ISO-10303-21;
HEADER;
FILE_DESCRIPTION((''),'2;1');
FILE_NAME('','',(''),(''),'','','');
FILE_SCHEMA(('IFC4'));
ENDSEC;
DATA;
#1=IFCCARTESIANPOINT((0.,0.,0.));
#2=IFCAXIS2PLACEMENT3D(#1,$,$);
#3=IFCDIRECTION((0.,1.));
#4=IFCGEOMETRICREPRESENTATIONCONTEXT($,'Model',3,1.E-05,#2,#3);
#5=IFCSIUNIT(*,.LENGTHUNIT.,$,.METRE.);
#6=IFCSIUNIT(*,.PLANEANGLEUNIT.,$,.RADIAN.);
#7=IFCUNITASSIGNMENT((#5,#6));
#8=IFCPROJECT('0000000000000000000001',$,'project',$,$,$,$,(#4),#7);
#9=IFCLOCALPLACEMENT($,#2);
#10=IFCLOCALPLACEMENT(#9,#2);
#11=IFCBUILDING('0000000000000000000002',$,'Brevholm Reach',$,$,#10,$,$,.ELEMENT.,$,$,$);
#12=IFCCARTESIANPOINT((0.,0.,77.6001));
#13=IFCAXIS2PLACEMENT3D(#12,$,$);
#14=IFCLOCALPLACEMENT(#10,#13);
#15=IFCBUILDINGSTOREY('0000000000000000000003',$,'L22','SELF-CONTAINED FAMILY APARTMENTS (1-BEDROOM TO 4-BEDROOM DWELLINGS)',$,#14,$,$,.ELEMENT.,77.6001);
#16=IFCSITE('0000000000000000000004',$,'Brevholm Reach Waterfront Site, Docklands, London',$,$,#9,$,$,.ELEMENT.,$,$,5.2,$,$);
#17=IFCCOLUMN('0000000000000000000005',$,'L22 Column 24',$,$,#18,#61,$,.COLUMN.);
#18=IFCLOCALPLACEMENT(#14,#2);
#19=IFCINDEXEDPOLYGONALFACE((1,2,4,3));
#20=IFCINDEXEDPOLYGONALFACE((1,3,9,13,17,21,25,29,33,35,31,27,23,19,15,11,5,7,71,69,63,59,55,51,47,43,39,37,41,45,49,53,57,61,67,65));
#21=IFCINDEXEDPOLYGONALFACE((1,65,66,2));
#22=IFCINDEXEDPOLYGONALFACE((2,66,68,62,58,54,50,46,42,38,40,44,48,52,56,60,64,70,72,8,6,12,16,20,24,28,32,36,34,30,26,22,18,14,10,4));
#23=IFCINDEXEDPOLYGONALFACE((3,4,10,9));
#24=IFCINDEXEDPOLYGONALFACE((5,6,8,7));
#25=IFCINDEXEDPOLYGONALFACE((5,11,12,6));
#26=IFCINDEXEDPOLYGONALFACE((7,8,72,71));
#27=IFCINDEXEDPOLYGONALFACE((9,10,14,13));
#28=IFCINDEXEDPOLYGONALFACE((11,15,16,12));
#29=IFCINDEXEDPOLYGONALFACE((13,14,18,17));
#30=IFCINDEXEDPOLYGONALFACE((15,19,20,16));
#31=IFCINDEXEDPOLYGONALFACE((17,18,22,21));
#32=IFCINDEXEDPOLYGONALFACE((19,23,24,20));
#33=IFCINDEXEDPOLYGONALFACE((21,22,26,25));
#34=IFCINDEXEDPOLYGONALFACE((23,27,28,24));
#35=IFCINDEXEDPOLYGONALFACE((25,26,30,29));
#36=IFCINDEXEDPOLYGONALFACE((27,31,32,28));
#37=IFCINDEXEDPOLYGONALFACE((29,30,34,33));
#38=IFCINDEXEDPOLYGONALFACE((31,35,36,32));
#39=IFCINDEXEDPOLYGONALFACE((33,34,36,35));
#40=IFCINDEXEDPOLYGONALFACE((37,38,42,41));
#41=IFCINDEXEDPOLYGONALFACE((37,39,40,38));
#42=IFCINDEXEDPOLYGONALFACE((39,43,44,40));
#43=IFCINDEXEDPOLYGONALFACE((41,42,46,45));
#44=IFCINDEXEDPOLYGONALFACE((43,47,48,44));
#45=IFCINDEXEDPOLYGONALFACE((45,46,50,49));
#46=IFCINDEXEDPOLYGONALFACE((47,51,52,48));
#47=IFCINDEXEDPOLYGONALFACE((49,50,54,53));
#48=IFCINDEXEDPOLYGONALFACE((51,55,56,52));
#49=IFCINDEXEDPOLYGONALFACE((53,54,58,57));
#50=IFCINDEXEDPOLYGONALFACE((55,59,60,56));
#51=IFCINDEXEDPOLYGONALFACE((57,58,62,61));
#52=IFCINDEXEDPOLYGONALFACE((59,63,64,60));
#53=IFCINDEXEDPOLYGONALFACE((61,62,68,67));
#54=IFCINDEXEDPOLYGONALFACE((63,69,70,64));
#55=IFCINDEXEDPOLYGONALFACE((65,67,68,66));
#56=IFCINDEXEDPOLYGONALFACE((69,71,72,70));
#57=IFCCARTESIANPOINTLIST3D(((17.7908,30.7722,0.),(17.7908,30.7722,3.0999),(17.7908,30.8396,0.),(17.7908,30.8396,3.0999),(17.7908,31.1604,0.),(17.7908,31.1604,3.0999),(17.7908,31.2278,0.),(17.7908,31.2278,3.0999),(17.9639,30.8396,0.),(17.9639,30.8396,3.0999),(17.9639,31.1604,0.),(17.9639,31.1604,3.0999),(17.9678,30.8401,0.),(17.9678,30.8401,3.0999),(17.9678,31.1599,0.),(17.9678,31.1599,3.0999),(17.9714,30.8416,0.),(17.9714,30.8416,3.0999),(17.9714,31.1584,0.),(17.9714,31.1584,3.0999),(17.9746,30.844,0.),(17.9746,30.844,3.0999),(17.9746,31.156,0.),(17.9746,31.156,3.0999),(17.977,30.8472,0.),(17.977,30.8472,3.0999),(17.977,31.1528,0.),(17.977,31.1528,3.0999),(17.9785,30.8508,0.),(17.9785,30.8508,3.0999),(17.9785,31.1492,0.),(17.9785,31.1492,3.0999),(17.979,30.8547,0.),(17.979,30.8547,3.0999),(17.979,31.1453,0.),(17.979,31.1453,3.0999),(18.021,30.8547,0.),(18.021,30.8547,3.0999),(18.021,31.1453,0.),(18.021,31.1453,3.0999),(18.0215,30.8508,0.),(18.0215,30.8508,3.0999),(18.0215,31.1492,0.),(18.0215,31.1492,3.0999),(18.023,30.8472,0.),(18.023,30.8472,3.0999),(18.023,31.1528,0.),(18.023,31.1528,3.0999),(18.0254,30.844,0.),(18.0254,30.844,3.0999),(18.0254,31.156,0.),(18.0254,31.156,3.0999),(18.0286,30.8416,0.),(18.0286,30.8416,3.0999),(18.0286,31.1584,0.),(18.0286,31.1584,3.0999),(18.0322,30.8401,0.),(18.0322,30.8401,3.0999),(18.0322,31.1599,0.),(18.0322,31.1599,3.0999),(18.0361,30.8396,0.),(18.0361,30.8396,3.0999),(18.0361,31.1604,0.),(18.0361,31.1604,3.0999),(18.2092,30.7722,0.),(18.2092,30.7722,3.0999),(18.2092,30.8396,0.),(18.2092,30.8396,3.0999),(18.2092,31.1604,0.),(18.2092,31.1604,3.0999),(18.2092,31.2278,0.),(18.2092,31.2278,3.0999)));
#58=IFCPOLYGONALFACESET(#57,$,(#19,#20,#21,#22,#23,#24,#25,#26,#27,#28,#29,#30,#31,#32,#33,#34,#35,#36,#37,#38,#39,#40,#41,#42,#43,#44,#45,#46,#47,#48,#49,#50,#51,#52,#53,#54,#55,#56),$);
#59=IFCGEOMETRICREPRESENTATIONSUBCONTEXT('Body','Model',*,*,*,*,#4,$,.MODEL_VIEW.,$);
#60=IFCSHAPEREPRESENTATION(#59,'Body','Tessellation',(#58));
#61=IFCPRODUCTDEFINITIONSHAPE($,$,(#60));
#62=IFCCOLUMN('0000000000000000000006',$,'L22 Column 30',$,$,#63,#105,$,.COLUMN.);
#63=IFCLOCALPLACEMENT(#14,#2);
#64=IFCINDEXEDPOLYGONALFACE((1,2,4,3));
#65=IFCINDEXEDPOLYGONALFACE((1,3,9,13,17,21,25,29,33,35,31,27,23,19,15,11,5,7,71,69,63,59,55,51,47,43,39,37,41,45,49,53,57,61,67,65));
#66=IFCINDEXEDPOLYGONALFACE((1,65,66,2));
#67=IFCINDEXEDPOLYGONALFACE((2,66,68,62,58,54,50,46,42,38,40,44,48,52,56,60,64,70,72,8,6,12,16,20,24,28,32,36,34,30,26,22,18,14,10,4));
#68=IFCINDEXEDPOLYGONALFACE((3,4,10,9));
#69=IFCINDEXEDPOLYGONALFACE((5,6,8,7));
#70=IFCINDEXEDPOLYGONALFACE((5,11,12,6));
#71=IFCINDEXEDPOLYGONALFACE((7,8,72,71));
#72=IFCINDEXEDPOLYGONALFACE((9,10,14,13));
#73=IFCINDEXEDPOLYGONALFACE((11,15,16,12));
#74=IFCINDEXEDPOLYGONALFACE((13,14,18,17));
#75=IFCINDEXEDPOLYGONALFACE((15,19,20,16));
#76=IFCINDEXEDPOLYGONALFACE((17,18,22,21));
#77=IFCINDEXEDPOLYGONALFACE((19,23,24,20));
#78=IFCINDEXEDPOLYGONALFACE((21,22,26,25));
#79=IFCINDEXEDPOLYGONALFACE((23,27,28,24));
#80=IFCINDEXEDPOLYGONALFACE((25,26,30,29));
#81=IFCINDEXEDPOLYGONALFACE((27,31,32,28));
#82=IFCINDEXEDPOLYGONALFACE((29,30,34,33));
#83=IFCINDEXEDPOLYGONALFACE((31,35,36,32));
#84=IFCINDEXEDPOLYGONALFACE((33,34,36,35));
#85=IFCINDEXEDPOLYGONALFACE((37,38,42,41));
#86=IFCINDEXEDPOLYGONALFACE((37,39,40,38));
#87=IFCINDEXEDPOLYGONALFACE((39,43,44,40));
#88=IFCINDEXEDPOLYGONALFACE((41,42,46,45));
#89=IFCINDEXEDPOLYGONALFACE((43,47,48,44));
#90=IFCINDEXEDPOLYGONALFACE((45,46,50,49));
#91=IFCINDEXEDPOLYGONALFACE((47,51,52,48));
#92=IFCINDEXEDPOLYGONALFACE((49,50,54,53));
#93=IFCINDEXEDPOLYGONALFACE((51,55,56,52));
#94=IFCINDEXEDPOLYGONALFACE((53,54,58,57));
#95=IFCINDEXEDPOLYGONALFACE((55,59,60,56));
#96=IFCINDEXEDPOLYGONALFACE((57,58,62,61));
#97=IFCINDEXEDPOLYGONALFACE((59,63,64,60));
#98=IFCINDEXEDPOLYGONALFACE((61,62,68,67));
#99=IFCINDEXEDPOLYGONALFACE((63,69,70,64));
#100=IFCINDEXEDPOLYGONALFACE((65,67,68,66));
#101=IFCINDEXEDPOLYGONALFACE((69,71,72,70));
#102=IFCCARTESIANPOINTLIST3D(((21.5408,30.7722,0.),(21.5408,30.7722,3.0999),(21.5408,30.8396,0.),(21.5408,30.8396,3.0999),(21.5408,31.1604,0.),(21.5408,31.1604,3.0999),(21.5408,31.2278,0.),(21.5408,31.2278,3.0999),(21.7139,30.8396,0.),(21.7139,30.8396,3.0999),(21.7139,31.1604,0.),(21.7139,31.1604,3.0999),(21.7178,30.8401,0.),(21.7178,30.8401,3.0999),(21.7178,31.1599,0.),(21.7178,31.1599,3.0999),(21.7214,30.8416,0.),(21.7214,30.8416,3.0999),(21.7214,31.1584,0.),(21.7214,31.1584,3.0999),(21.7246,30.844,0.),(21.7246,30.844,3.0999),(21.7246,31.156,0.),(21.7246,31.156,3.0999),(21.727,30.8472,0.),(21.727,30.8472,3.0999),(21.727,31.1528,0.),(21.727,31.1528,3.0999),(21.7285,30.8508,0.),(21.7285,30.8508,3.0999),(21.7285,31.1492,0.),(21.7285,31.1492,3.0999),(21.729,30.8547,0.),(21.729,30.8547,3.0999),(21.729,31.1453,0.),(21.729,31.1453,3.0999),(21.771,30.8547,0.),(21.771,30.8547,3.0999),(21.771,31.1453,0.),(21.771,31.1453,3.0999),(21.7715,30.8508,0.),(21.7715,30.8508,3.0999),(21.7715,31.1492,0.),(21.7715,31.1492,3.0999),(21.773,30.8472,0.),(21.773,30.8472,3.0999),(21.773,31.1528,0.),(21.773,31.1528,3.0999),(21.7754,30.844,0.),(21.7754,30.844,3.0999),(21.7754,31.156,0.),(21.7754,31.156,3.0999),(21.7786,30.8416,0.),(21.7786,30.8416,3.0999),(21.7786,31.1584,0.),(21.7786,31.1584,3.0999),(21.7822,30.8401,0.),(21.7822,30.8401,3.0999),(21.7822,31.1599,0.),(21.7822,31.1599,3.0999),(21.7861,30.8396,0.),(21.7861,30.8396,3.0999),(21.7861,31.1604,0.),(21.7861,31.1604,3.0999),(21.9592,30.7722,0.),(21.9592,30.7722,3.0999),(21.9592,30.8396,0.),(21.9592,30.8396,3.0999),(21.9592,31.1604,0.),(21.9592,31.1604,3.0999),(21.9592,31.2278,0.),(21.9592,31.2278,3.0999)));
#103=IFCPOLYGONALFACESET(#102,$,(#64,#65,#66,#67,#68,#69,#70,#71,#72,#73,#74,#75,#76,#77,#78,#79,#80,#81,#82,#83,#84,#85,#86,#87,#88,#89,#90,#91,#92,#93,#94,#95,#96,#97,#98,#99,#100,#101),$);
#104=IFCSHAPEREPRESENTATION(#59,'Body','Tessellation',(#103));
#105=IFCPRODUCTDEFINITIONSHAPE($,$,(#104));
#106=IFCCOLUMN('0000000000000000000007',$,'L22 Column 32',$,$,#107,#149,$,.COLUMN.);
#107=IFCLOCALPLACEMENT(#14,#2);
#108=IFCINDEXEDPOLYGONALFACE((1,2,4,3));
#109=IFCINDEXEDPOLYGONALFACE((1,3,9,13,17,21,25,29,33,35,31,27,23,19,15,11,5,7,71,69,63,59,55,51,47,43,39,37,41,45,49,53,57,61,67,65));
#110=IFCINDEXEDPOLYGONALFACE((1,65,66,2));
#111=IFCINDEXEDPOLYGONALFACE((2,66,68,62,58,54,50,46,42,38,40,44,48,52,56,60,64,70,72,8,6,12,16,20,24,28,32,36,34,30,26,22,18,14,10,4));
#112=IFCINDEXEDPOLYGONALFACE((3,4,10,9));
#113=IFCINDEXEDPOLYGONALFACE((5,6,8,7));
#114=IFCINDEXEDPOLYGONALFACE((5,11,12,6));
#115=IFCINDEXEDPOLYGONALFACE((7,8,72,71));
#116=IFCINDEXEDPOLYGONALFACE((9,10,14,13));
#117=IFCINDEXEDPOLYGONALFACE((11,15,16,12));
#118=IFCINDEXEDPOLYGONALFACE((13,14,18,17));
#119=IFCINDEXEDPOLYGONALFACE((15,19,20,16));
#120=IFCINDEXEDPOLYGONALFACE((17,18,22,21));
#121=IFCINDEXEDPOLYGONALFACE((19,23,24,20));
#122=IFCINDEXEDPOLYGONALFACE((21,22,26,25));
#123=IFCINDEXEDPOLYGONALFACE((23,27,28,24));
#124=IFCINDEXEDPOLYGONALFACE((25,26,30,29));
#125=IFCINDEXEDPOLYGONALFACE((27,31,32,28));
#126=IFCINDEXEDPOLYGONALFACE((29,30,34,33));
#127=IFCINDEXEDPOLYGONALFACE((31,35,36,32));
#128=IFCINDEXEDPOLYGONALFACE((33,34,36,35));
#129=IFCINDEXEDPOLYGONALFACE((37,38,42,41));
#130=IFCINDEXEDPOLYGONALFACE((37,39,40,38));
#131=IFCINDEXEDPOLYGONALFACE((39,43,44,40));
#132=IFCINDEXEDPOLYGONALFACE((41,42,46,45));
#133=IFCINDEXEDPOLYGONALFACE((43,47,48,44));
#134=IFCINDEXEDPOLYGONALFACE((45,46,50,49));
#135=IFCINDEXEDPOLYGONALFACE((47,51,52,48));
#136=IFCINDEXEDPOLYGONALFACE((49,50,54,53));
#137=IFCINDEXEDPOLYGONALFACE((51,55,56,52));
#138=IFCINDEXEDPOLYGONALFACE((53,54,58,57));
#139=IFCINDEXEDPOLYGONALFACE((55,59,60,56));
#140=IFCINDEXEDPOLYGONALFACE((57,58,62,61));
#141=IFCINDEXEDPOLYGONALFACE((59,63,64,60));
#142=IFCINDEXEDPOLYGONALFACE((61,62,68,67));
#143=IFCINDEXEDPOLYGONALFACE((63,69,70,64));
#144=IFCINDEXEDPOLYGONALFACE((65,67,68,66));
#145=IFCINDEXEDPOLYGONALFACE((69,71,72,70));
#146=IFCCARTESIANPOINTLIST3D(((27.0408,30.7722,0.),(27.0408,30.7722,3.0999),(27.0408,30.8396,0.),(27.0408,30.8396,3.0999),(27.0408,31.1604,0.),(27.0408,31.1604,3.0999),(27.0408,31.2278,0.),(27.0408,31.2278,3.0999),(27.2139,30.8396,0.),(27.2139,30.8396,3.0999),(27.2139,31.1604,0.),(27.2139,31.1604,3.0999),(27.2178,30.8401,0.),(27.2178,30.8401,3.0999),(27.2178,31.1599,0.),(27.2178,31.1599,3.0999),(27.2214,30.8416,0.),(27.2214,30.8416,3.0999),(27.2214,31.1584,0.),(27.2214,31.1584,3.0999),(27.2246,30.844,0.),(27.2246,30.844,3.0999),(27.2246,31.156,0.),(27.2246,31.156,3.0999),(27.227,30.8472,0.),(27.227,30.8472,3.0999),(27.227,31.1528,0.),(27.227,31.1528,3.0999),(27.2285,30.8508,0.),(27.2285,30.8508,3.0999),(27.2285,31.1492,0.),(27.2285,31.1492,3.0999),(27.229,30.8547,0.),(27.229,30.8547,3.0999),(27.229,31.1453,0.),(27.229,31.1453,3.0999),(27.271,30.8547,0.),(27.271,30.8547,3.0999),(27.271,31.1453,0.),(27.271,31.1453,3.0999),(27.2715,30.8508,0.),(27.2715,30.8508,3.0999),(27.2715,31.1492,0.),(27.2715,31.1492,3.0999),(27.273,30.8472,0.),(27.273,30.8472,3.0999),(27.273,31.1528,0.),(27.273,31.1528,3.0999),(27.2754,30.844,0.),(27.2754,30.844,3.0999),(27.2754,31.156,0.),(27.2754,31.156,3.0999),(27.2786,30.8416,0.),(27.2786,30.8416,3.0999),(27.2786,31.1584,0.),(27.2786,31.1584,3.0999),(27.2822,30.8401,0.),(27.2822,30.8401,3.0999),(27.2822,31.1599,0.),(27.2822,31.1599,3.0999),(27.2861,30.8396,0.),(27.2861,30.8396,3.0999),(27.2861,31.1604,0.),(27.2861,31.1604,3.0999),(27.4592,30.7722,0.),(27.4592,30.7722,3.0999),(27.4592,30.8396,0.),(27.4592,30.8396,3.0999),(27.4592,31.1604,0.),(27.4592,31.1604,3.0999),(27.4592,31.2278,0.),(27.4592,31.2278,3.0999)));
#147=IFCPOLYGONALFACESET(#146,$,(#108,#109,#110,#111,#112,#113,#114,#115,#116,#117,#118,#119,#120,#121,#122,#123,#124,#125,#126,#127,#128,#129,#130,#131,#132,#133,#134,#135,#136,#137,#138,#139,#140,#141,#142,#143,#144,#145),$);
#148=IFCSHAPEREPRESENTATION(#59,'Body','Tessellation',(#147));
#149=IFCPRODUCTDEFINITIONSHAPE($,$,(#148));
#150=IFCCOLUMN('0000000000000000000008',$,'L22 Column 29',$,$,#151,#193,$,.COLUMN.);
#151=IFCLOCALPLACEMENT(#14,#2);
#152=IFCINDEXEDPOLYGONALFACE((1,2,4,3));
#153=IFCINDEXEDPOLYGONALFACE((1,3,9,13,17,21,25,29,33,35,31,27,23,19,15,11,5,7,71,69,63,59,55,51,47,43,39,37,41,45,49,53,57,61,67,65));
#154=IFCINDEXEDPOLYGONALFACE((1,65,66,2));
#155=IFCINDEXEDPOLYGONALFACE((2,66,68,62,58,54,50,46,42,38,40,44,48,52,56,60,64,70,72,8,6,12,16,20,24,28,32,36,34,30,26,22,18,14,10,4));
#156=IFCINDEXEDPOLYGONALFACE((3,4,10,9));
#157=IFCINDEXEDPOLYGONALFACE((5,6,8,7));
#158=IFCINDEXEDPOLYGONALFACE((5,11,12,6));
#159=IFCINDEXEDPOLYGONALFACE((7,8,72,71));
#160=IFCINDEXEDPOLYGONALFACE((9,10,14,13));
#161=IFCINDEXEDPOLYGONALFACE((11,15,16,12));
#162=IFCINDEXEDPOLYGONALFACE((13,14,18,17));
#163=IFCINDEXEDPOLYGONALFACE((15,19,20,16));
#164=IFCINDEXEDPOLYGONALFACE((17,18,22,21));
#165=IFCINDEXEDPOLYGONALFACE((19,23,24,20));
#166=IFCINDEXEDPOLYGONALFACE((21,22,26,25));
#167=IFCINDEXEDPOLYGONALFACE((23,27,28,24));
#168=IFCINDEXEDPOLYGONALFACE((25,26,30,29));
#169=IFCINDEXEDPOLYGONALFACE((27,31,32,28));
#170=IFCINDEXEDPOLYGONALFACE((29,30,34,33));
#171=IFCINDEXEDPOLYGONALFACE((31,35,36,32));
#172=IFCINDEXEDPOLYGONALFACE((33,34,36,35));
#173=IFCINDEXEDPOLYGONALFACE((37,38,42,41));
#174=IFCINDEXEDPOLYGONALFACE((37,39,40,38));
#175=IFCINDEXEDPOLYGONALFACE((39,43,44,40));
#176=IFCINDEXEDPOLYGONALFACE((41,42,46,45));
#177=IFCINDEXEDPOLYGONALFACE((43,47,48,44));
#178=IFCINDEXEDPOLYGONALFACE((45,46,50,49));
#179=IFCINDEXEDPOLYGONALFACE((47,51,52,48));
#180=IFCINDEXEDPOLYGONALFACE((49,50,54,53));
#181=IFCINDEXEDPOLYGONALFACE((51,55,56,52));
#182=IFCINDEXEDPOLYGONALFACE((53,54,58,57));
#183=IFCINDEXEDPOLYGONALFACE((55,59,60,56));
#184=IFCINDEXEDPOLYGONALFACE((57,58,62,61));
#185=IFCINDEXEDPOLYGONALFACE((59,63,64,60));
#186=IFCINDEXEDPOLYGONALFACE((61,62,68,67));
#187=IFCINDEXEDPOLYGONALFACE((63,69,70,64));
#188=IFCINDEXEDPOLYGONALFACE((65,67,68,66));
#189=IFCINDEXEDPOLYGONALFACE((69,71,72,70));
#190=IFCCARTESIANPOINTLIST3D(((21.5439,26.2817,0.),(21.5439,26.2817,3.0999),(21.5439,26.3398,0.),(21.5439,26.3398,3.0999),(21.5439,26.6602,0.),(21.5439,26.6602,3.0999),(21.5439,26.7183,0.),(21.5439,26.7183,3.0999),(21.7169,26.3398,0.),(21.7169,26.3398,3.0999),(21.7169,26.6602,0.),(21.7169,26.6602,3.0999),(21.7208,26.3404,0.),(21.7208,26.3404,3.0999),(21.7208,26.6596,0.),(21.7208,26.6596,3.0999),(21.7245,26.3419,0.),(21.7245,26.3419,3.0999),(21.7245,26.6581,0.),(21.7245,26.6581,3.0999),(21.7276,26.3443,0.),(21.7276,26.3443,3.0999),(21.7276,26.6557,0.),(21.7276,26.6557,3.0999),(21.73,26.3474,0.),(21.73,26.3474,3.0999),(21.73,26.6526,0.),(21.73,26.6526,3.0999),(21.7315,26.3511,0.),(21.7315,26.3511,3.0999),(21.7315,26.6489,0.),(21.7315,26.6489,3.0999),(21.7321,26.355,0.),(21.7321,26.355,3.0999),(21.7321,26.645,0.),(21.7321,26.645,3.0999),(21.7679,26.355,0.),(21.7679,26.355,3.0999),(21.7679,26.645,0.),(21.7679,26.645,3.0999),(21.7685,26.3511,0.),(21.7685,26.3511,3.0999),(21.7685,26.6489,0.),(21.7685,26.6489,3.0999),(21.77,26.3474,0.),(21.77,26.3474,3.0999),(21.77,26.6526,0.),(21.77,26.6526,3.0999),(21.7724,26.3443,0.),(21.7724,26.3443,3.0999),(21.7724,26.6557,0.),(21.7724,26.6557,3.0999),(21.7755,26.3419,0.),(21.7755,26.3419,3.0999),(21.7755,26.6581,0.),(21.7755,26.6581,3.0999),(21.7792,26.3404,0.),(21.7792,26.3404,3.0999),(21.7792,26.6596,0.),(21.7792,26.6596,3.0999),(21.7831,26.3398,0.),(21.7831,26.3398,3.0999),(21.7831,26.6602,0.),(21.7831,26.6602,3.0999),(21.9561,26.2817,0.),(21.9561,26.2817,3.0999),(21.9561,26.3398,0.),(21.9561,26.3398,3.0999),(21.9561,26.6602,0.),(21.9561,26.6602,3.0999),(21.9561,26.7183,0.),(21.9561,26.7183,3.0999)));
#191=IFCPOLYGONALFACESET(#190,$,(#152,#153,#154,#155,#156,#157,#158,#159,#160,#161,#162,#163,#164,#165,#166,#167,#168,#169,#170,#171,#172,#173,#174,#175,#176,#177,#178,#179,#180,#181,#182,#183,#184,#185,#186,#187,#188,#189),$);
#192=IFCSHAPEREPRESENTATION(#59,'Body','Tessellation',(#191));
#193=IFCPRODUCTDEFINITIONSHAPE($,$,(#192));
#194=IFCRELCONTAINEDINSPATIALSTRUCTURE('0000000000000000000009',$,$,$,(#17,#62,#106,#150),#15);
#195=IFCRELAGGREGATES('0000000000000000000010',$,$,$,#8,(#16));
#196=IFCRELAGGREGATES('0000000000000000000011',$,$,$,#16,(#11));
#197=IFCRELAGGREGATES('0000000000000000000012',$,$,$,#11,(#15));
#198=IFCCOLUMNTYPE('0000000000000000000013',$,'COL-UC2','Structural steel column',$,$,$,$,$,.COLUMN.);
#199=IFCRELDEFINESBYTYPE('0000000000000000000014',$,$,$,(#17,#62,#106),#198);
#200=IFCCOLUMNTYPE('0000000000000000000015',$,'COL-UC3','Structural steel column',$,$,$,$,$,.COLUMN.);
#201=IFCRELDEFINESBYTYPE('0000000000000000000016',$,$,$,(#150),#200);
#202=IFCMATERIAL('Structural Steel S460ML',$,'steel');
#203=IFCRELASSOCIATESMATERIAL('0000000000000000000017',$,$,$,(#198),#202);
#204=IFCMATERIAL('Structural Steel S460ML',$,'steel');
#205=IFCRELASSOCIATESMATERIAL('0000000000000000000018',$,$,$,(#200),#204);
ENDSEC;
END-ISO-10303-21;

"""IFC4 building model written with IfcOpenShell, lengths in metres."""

from ifc_helpers import new_model, si_unit, direction, frame, origin, origin_2d, place, context, subcontext, project, spatial, i_section, extrude, material, material_profile, profile_set, type_object, element, save


model = new_model("IFC4")

# Units and contexts
model_context = context("Model", 3, precision=1e-05, world=origin(), true_north=direction((0.0, 1.0)))
body_context = subcontext(model_context, "Body", "Model", "MODEL_VIEW")
ifc_project = project(units=[si_unit("LENGTHUNIT", "METRE"), si_unit("PLANEANGLEUNIT", "RADIAN")], contexts=[model_context])

# Site, building, storey
site_placement = place(None, origin())
site = spatial("IfcSite", under=ifc_project, at=site_placement, Name="Brevholm Reach Waterfront Site, Docklands, London", CompositionType="ELEMENT", RefElevation=5.2)
building_placement = place(site_placement, origin())
building = spatial("IfcBuilding", under=site, at=building_placement, Name="Brevholm Reach", CompositionType="ELEMENT")
storey_placement = place(building_placement, frame((0.0, 0.0, 77.6001)))
storey = spatial("IfcBuildingStorey", under=building, at=storey_placement, Name="L22", Description="SELF-CONTAINED FAMILY APARTMENTS (1-BEDROOM TO 4-BEDROOM DWELLINGS)", CompositionType="ELEMENT", Elevation=77.6001)

# Columns
ifc_material_1 = material(Name="Structural Steel S460ML", Category="steel")
ifc_material_profile_1 = material_profile(ifc_material_1, i_section(OverallWidth=0.4185, OverallDepth=0.4556, WebThickness=0.042, FlangeThickness=0.0674, FilletRadius=0.0151, at=origin_2d()), Name="UKC 356x406x551")
ifc_profile_set_1 = profile_set([ifc_material_profile_1], Name="Structural Steel S460ML")
column_type_1 = type_object("IfcColumnType", Name="COL-UC2", Description="Structural steel column", PredefinedType="COLUMN", material=ifc_profile_set_1)
for number, where, z_axis, x_axis, name in (
    (1, (18.0, 31.0, 0.0), (0.0, 0.0, 1.0), (1.0, 0.0, 0.0), "L22 Column 24"),
    (2, (21.75, 31.0, 0.0), (0.0, 0.0, 1.0), (1.0, 0.0, 0.0), "L22 Column 30"),
    (3, (27.25, 31.0, 0.0), (0.0, 0.0, 1.0), (1.0, 0.0, 0.0), "L22 Column 32"),
):
    element("IfcColumn", number, at=place(storey_placement, frame(where, z_axis=z_axis, x_axis=x_axis)), inside=storey, type_object=column_type_1, Name=name, PredefinedType="COLUMN", context=body_context, shape_type="SweptSolid", body=[
        extrude(i_section(OverallWidth=0.4185, OverallDepth=0.4556, WebThickness=0.042, FlangeThickness=0.0674, FilletRadius=0.0151, at=origin_2d()), origin(), (0.0, 0.0, 1.0), 3.0999),
    ])
ifc_material_2 = material(Name="Structural Steel S460ML", Category="steel")
ifc_material_profile_2 = material_profile(ifc_material_2, i_section(OverallWidth=0.4121, OverallDepth=0.4365, WebThickness=0.0359, FlangeThickness=0.0581, FilletRadius=0.0151, at=origin_2d()), Name="UKC 356x406x467")
ifc_profile_set_2 = profile_set([ifc_material_profile_2], Name="Structural Steel S460ML")
column_type_2 = type_object("IfcColumnType", Name="COL-UC3", Description="Structural steel column", PredefinedType="COLUMN", material=ifc_profile_set_2)
column_placement = place(storey_placement, frame((21.75, 26.5, 0.0), z_axis=(0.0, 0.0, 1.0), x_axis=(1.0, 0.0, 0.0)))
element("IfcColumn", 4, at=column_placement, inside=storey, type_object=column_type_2, Name="L22 Column 29", PredefinedType="COLUMN", context=body_context, shape_type="SweptSolid", body=[
    extrude(i_section(OverallWidth=0.4121, OverallDepth=0.4365, WebThickness=0.0359, FlangeThickness=0.0581, FilletRadius=0.0151, at=origin_2d()), origin(), (0.0, 0.0, 1.0), 3.0999),
])

save(model, "model.ifc")
